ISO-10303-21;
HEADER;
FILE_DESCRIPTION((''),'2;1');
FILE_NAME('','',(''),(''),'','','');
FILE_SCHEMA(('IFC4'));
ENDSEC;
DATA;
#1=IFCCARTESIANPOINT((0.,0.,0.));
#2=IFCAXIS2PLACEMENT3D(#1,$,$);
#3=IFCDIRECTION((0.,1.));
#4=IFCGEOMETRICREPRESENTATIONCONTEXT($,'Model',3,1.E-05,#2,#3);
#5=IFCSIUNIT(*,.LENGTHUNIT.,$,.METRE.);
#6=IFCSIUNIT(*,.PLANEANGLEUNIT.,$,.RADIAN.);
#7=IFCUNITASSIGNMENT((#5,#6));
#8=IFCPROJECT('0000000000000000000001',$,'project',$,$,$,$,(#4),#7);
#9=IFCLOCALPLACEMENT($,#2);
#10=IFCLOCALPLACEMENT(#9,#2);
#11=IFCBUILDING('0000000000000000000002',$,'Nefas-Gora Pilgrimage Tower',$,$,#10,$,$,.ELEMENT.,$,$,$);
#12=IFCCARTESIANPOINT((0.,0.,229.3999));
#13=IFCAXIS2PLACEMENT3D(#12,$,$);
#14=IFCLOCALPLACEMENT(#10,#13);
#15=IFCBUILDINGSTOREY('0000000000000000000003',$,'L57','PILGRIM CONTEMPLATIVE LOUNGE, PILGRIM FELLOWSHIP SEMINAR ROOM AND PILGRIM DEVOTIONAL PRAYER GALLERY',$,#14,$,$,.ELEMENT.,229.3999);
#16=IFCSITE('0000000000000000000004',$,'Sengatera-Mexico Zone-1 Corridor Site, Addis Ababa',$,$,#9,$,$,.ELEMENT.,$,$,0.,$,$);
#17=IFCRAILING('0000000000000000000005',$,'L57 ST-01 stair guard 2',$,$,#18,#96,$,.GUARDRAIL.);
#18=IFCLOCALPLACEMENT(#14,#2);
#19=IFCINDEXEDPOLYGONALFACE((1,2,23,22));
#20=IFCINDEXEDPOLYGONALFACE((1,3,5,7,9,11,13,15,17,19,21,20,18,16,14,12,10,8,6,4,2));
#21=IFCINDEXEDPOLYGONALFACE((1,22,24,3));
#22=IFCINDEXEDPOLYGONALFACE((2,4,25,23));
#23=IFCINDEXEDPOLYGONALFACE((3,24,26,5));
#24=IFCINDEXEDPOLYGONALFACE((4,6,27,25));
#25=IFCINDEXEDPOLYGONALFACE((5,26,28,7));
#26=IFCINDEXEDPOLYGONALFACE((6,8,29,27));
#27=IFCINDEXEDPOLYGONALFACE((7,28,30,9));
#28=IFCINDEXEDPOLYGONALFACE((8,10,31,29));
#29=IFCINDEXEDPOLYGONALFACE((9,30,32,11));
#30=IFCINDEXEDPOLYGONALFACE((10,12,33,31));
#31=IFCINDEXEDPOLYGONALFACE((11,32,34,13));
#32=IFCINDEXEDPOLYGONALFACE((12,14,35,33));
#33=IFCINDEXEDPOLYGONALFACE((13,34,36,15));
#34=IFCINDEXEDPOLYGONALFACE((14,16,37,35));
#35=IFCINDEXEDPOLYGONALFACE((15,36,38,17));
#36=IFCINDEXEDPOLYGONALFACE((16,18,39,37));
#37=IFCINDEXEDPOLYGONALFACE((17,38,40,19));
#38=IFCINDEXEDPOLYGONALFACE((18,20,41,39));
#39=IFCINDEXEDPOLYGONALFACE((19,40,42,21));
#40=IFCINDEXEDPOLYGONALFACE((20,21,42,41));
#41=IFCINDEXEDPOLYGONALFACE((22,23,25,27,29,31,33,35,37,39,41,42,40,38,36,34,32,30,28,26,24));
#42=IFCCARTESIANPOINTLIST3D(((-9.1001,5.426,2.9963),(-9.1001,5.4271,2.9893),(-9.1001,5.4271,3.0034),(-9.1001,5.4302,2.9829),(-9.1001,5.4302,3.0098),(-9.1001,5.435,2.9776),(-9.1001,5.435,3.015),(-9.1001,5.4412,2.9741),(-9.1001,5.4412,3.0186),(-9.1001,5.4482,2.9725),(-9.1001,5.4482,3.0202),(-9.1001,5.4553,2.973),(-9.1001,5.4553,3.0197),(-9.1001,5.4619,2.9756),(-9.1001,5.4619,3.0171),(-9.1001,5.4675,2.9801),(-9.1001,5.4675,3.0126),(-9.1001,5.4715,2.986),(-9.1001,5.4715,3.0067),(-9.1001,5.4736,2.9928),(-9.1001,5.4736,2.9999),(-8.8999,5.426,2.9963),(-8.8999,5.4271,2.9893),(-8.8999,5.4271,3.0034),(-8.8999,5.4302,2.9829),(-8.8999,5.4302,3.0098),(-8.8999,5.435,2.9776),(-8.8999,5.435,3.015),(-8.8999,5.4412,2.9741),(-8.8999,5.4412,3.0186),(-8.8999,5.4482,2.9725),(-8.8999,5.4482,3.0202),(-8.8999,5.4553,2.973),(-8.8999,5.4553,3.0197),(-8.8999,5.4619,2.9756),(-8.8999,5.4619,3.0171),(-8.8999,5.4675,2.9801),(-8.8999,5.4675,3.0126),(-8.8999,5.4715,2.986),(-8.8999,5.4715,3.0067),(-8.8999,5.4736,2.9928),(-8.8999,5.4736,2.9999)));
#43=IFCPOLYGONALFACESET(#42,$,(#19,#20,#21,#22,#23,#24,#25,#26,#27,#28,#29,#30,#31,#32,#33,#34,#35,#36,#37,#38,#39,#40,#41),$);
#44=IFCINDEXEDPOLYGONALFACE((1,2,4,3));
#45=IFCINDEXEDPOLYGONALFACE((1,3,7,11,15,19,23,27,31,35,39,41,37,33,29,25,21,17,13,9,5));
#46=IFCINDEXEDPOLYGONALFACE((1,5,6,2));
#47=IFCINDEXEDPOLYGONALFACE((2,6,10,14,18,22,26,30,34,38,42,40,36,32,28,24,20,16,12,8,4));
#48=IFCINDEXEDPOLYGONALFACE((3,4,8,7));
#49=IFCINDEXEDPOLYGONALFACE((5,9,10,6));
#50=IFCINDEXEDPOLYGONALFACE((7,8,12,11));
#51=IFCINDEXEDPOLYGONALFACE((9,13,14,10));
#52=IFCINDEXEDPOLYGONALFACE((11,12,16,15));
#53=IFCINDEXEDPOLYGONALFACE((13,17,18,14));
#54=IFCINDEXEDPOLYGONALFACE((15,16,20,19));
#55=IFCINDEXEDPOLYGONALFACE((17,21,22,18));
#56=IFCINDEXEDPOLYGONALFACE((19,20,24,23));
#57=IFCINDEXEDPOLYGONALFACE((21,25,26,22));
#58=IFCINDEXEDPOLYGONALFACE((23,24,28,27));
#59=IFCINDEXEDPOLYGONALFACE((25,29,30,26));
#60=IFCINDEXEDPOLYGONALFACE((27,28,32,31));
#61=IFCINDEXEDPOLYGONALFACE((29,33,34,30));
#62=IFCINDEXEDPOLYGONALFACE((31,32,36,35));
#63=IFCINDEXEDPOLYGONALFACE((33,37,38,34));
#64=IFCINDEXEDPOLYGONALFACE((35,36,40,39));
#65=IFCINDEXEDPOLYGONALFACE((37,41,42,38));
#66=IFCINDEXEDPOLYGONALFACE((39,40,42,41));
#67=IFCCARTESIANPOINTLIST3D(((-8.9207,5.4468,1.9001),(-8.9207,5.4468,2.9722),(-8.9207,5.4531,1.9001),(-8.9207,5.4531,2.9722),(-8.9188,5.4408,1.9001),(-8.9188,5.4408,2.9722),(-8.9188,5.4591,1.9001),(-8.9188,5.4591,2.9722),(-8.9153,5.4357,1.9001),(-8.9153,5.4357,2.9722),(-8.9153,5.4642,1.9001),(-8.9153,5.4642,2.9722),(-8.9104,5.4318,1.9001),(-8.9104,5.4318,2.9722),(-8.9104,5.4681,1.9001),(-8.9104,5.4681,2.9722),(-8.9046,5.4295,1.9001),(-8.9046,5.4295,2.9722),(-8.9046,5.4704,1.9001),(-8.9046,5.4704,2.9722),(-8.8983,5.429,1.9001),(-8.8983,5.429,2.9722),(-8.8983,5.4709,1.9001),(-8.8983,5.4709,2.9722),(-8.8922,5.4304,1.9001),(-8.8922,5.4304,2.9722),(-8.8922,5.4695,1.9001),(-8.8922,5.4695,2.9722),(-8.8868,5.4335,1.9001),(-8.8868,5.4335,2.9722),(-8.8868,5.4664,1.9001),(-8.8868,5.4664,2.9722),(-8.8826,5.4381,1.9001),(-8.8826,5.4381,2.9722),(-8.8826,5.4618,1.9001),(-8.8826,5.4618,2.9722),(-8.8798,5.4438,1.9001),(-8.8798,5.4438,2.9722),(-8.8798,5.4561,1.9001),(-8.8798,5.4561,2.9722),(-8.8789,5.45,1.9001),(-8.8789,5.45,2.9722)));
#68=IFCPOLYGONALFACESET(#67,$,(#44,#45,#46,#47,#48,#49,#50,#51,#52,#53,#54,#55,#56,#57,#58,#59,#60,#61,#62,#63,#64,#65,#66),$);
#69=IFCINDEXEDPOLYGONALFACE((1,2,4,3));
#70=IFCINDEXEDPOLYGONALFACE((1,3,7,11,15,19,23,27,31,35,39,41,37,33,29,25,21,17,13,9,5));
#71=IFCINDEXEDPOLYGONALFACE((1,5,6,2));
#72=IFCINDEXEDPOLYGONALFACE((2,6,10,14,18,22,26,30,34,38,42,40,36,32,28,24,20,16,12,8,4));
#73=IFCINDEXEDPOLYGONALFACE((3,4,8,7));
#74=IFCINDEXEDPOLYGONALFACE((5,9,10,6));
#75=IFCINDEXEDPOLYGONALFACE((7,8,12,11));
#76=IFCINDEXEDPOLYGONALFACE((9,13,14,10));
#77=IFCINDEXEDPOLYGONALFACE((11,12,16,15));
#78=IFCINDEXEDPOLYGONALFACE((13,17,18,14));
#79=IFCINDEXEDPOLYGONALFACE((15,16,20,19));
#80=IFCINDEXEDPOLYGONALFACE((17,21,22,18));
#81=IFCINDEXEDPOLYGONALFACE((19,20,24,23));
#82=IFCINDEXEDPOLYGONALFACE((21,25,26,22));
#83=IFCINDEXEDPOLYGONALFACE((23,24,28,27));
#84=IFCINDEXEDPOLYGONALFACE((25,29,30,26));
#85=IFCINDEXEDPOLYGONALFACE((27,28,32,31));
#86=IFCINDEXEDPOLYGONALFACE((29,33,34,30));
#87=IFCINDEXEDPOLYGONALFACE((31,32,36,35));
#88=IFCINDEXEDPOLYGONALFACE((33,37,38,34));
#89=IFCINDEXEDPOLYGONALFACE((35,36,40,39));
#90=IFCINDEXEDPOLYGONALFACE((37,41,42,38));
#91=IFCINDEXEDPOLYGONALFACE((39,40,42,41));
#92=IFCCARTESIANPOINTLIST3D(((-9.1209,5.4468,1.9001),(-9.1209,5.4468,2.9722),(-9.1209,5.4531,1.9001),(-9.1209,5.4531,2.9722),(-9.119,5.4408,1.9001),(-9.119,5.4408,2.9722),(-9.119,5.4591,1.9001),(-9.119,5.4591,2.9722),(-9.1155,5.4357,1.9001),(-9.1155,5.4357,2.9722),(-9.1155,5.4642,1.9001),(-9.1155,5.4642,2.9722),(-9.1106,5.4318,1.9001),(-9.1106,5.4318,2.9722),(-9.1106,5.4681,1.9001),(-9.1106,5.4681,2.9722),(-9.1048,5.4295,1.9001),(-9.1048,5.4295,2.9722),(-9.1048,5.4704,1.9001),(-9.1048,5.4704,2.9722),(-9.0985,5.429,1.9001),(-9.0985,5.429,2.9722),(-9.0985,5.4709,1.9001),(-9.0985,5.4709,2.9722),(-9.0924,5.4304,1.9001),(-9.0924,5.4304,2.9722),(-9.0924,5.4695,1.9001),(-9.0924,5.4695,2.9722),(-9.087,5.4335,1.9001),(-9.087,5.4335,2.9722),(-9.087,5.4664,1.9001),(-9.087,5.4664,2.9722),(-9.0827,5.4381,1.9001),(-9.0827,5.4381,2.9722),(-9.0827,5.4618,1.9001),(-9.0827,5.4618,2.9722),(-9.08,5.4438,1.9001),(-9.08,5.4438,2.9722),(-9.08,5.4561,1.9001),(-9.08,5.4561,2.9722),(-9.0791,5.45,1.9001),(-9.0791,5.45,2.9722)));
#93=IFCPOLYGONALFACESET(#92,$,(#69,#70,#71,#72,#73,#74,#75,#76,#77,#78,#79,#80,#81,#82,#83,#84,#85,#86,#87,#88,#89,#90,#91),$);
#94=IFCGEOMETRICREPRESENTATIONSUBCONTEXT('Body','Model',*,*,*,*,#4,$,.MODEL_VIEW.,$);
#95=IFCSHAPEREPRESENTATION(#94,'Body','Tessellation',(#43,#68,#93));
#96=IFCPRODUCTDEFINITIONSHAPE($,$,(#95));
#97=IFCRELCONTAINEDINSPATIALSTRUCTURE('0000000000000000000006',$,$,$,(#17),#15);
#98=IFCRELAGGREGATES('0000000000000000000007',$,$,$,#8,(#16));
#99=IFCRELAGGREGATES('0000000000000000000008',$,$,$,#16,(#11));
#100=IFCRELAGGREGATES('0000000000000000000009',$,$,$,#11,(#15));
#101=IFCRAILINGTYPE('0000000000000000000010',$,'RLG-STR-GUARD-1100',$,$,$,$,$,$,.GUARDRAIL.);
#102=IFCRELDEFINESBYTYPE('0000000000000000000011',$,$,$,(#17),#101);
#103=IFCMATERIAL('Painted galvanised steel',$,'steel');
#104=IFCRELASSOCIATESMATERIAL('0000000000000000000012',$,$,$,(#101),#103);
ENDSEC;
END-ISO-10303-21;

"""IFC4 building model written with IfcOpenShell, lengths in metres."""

from ifc_helpers import new_model, si_unit, direction, frame, origin, origin_2d, place, context, subcontext, project, spatial, circle, extrude, material, type_object, element, save


model = new_model("IFC4")

# Units and contexts
model_context = context("Model", 3, precision=1e-05, world=origin(), true_north=direction((0.0, 1.0)))
body_context = subcontext(model_context, "Body", "Model", "MODEL_VIEW")
ifc_project = project(units=[si_unit("LENGTHUNIT", "METRE"), si_unit("PLANEANGLEUNIT", "RADIAN")], contexts=[model_context])

# Site, building, storey
site_placement = place(None, origin())
site = spatial("IfcSite", under=ifc_project, at=site_placement, Name="Sengatera-Mexico Zone-1 Corridor Site, Addis Ababa", CompositionType="ELEMENT", RefElevation=0.0)
building_placement = place(site_placement, origin())
building = spatial("IfcBuilding", under=site, at=building_placement, Name="Nefas-Gora Pilgrimage Tower", CompositionType="ELEMENT")
storey_placement = place(building_placement, frame((0.0, 0.0, 229.3999)))
storey = spatial("IfcBuildingStorey", under=building, at=storey_placement, Name="L57", Description="PILGRIM CONTEMPLATIVE LOUNGE, PILGRIM FELLOWSHIP SEMINAR ROOM AND PILGRIM DEVOTIONAL PRAYER GALLERY", CompositionType="ELEMENT", Elevation=229.3999)

# Railing
ifc_material_1 = material(Name="Painted galvanised steel", Category="steel")
railing_type_1 = type_object("IfcRailingType", Name="RLG-STR-GUARD-1100", PredefinedType="GUARDRAIL", material=ifc_material_1)
railing_1_placement = place(storey_placement, frame((-8.8999, 5.45, 1.9001)))
element("IfcRailing", 1, at=railing_1_placement, inside=storey, type_object=railing_type_1, Name="L57 ST-01 stair guard 2", PredefinedType="GUARDRAIL", context=body_context, shape_type="SweptSolid", body=[
    extrude(circle(Radius=0.0239, at=origin_2d()), frame((0.0, 0.0, 1.0962), z_axis=(-1.0, 0.0, 0.0), x_axis=(0.0, -1.0, 0.0)), (0.0, 0.0, 1.0), 0.2002),
    extrude(circle(Radius=0.021, at=origin_2d()), origin(), (0.0, 0.0, 1.0), 1.072),
    extrude(circle(Radius=0.021, at=origin_2d()), frame((-0.2002, 0.0, 0.0)), (0.0, 0.0, 1.0), 1.072),
])

save(model, "model.ifc")
